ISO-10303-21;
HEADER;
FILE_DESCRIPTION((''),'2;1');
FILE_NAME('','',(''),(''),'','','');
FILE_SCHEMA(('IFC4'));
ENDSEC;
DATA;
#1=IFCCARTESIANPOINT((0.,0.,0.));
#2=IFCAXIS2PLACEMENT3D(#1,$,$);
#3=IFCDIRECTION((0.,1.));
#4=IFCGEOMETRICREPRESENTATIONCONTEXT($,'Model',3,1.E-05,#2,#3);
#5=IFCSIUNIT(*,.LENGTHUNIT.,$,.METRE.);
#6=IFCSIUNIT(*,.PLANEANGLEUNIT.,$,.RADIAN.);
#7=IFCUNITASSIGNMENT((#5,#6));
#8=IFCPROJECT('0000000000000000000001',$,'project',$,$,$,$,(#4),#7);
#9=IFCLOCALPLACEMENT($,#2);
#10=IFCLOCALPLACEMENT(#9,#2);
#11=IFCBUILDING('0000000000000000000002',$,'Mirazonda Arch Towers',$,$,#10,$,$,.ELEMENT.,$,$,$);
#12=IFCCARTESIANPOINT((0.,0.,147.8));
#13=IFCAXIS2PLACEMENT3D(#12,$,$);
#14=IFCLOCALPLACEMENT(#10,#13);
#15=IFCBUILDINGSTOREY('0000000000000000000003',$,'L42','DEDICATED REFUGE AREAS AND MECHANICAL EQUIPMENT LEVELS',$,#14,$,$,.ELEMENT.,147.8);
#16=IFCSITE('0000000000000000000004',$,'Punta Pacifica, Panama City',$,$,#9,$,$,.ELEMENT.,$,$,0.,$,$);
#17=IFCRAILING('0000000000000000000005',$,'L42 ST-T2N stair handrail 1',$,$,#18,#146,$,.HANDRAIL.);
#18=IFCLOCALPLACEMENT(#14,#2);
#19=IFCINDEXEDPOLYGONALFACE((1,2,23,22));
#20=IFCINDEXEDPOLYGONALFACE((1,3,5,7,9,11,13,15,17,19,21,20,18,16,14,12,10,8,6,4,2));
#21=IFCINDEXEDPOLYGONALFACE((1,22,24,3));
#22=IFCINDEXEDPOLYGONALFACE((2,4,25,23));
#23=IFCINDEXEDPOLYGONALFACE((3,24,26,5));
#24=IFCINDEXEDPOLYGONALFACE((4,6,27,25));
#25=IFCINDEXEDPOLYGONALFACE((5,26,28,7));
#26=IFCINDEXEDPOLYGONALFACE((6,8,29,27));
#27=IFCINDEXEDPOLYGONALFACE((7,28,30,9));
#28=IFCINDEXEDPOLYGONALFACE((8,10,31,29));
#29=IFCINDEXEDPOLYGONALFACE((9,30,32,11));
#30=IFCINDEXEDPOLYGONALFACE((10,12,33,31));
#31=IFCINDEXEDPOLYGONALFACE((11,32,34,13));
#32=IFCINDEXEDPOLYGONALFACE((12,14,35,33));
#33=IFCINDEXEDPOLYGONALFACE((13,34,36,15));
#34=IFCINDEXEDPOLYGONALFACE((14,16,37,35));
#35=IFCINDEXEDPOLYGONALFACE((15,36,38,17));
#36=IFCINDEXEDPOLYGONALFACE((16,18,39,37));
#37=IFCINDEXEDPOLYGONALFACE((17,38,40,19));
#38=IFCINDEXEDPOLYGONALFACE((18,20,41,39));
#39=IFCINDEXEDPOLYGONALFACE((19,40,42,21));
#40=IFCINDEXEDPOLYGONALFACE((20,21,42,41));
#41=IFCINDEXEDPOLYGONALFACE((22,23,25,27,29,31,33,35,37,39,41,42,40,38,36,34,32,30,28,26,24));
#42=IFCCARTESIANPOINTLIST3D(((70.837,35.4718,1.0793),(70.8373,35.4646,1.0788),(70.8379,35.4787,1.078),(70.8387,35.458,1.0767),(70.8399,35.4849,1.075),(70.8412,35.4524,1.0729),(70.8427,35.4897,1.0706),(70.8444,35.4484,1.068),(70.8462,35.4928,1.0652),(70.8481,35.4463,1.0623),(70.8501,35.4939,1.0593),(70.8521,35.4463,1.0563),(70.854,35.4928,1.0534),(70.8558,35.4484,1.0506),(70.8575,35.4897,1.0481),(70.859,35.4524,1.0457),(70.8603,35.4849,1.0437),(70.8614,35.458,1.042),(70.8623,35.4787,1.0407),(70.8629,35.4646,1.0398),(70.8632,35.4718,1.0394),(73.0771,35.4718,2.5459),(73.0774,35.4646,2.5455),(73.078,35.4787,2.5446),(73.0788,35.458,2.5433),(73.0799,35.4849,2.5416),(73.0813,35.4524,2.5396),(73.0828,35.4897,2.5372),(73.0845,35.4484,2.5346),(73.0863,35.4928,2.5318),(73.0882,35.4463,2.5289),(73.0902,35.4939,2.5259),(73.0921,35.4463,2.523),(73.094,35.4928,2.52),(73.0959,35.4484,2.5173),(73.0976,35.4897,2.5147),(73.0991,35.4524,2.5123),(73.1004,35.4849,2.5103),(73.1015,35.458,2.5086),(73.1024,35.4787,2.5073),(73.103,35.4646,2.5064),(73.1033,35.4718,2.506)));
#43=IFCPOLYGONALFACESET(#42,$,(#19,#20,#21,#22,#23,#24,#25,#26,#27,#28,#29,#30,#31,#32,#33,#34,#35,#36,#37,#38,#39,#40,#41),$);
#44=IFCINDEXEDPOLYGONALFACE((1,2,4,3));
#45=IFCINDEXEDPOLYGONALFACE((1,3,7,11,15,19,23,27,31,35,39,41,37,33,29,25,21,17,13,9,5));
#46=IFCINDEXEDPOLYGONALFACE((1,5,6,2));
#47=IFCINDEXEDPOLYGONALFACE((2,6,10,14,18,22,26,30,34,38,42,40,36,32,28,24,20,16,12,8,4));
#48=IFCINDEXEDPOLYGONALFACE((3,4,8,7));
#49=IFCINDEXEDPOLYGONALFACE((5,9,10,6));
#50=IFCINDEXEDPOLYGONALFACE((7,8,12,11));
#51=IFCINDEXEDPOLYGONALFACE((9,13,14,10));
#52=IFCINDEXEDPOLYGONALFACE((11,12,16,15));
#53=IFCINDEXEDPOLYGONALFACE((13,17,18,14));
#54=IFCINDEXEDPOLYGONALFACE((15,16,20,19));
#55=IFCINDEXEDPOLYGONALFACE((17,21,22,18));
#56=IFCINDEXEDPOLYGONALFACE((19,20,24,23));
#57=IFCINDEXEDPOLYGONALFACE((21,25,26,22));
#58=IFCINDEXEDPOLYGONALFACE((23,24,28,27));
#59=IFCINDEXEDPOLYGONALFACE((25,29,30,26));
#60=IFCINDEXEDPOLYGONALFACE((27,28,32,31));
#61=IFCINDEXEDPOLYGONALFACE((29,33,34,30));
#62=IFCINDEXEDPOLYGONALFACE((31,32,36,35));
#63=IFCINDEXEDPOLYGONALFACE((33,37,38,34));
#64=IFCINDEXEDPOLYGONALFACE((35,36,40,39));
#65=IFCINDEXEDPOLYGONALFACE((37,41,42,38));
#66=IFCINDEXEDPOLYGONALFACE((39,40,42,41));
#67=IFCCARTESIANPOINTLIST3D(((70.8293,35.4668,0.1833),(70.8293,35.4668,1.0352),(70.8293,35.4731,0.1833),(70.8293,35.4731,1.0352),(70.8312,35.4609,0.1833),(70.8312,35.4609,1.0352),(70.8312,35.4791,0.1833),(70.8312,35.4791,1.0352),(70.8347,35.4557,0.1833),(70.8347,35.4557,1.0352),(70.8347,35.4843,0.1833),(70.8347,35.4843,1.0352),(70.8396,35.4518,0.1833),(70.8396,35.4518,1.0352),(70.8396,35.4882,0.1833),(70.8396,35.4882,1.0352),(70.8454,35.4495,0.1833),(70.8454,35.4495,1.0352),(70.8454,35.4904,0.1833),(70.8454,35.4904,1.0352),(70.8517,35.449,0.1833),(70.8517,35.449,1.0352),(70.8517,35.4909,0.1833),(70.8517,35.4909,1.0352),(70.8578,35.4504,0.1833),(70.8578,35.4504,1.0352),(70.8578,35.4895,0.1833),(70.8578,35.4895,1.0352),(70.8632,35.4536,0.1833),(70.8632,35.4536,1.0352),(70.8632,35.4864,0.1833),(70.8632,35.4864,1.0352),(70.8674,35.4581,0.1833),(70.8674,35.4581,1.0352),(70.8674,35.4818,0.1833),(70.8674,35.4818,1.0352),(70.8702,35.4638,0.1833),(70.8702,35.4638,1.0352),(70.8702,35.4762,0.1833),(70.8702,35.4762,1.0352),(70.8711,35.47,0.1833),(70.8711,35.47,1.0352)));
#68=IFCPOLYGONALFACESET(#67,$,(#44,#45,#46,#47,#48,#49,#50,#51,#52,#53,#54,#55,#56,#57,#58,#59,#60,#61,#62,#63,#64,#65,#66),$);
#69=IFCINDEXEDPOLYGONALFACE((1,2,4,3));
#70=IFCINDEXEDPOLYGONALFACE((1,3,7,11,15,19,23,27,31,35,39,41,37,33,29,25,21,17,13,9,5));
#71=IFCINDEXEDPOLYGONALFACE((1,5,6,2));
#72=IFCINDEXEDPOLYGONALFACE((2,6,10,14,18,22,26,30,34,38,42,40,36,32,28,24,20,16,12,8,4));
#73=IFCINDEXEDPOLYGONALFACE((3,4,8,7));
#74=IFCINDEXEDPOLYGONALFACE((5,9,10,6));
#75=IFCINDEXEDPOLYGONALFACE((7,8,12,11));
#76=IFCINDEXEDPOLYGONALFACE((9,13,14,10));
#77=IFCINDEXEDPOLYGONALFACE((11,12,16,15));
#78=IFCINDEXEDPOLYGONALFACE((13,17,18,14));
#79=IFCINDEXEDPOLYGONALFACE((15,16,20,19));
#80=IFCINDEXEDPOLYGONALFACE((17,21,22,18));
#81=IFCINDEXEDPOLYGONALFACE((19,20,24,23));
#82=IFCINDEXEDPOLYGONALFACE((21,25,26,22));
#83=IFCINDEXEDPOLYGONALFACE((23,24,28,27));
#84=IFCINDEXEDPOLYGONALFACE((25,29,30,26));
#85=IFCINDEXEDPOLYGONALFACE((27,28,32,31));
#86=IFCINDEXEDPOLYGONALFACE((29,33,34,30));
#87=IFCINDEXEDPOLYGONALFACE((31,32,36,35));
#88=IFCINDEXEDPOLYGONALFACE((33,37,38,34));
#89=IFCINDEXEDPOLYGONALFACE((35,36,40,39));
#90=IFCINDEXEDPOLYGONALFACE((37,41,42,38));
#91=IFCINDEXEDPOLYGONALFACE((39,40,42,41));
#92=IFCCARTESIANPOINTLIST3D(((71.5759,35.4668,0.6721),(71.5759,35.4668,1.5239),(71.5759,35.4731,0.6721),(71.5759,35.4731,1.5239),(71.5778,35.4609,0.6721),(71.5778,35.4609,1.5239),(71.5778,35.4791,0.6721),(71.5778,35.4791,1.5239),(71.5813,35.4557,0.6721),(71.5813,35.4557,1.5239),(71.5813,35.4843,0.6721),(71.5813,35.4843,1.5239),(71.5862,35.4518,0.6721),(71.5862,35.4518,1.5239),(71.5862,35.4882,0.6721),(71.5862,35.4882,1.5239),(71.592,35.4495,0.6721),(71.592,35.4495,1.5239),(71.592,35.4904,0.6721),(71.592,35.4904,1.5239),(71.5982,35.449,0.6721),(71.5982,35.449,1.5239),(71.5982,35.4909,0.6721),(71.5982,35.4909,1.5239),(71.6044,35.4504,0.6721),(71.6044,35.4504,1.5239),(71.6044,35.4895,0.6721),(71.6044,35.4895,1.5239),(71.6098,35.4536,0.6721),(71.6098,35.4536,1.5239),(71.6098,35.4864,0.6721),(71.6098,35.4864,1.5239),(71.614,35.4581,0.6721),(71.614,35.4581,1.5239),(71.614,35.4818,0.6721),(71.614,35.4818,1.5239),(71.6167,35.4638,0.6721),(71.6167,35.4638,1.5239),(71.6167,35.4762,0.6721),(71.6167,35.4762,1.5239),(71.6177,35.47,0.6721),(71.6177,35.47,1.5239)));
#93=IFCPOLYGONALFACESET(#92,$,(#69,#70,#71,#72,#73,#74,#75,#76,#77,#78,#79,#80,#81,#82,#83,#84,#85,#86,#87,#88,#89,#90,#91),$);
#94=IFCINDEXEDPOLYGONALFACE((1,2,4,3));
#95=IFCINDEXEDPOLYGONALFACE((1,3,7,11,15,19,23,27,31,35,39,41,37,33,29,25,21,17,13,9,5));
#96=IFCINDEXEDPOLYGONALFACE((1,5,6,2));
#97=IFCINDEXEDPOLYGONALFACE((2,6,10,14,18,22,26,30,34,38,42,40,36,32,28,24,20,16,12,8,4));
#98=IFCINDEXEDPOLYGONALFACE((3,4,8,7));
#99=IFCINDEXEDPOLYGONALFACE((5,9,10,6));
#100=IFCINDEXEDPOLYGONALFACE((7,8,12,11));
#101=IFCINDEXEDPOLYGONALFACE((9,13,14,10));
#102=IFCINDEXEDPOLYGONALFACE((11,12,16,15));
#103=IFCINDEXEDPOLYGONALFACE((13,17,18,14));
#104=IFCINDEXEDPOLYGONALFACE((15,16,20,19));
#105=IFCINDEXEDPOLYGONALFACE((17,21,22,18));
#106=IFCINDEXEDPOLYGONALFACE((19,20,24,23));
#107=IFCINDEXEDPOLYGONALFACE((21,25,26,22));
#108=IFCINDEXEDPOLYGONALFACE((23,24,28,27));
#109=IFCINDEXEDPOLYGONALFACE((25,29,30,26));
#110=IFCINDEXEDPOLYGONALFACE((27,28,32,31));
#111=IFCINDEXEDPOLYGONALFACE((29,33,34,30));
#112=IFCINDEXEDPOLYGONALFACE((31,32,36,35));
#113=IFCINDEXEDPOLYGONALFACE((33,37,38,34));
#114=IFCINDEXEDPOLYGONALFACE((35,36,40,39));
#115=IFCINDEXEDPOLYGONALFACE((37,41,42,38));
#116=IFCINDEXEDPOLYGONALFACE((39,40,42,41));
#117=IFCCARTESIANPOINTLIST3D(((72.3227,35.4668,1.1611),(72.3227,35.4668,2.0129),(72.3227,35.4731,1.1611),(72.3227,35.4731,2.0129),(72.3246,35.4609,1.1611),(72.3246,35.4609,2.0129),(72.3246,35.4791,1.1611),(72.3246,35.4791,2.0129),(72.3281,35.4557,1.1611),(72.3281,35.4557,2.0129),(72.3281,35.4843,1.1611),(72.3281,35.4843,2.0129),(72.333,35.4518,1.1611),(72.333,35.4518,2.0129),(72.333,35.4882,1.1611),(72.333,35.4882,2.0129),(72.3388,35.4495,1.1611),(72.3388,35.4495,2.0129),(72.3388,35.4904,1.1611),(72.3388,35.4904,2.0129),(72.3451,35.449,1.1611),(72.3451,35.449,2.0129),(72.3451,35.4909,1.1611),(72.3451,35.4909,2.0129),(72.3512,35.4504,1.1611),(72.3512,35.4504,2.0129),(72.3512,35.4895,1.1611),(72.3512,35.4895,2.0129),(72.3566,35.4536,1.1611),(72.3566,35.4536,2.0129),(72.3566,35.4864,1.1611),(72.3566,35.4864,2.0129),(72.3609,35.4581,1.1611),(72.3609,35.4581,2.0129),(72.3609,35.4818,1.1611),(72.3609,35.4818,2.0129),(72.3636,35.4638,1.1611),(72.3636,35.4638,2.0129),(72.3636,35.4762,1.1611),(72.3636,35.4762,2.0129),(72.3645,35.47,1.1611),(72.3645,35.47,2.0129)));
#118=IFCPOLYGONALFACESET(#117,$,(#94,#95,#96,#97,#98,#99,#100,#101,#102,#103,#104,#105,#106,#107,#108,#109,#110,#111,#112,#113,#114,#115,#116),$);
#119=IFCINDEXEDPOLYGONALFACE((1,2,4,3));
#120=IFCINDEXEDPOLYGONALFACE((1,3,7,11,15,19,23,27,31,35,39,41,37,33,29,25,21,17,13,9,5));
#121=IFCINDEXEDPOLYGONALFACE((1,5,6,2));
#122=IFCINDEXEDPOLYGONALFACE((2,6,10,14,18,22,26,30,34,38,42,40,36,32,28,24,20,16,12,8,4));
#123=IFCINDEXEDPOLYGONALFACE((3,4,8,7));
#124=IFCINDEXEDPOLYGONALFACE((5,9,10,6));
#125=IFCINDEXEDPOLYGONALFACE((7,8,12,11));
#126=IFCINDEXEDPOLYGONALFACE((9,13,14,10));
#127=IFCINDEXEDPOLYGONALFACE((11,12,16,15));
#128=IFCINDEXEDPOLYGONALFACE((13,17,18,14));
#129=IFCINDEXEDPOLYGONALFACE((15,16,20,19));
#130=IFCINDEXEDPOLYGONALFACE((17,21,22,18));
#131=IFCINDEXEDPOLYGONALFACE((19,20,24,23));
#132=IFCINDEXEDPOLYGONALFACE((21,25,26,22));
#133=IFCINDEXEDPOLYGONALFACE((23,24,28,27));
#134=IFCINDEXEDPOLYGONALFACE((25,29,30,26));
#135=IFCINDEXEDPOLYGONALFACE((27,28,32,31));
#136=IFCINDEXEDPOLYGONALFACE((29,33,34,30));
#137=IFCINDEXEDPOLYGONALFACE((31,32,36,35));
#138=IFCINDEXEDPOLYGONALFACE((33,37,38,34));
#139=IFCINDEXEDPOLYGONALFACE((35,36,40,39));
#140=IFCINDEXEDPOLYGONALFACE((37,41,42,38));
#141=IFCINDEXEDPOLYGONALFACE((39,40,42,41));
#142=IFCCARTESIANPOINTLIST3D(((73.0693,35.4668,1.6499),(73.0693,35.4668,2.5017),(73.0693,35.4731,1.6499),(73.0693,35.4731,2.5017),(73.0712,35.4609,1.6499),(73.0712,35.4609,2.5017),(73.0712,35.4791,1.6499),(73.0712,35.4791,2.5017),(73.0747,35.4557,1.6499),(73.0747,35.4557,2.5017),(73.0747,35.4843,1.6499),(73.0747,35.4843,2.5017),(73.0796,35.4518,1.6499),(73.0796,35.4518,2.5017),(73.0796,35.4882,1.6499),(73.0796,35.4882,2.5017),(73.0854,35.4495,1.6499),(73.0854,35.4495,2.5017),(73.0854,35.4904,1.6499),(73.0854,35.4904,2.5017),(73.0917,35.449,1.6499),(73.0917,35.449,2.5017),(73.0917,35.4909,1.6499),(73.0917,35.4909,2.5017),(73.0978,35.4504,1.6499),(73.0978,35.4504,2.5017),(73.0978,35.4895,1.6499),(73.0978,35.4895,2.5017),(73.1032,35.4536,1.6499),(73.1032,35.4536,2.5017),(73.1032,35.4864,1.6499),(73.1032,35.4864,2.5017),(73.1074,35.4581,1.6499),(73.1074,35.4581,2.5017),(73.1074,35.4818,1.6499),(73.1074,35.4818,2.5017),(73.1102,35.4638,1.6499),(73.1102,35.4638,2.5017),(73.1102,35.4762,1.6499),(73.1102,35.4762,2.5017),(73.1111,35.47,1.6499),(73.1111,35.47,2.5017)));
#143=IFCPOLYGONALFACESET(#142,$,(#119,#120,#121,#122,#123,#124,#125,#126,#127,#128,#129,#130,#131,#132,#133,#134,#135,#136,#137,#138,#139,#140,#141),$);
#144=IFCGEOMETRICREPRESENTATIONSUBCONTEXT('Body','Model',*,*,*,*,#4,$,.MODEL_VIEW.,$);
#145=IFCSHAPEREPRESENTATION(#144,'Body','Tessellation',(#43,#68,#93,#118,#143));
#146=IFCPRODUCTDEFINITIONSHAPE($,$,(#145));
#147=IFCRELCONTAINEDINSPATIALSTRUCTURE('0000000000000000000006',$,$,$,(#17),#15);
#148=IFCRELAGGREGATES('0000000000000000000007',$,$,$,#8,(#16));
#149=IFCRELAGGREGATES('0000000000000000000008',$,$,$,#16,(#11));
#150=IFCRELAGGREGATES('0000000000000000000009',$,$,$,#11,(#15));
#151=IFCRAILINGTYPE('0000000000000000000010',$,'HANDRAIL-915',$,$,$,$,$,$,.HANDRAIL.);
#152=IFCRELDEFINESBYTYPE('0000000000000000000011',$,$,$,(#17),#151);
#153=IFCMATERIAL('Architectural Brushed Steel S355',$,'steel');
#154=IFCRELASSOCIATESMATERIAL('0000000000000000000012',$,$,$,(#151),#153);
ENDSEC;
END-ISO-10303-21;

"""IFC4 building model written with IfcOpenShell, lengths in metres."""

from ifc_helpers import new_model, si_unit, direction, frame, origin, origin_2d, place, context, subcontext, project, spatial, circle, extrude, material, type_object, element, save


model = new_model("IFC4")

# Units and contexts
model_context = context("Model", 3, precision=1e-05, world=origin(), true_north=direction((0.0, 1.0)))
body_context = subcontext(model_context, "Body", "Model", "MODEL_VIEW")
ifc_project = project(units=[si_unit("LENGTHUNIT", "METRE"), si_unit("PLANEANGLEUNIT", "RADIAN")], contexts=[model_context])

# Site, building, storey
site_placement = place(None, origin())
site = spatial("IfcSite", under=ifc_project, at=site_placement, Name="Punta Pacifica, Panama City", CompositionType="ELEMENT", RefElevation=0.0)
building_placement = place(site_placement, origin())
building = spatial("IfcBuilding", under=site, at=building_placement, Name="Mirazonda Arch Towers", CompositionType="ELEMENT")
storey_placement = place(building_placement, frame((0.0, 0.0, 147.8)))
storey = spatial("IfcBuildingStorey", under=building, at=storey_placement, Name="L42", Description="DEDICATED REFUGE AREAS AND MECHANICAL EQUIPMENT LEVELS", CompositionType="ELEMENT", Elevation=147.8)

# Shared definitions
ifc_material_1 = material(Name="Architectural Brushed Steel S355", Category="steel")

# Railing
railing_type_1 = type_object("IfcRailingType", Name="HANDRAIL-915", PredefinedType="HANDRAIL", material=ifc_material_1)
for number, where, name in (
    (1, (70.8501, 35.47, 0.1833), "L42 ST-T2N stair handrail 1"),
):
    element("IfcRailing", number, at=place(storey_placement, frame(where)), inside=storey, type_object=railing_type_1, Name=name, PredefinedType="HANDRAIL", context=body_context, shape_type="SweptSolid", body=[
        extrude(circle(Radius=0.0239, at=origin_2d()), frame((0.0, 0.0, 0.876), z_axis=(0.836637, 0.0, 0.547758), x_axis=(0.0, 1.0, 0.0)), (0.0, 0.0, 1.0), 2.6775),
        extrude(circle(Radius=0.021, at=origin_2d()), origin(), (0.0, 0.0, 1.0), 0.8518),
        extrude(circle(Radius=0.021, at=origin_2d()), frame((0.7466, 0.0, 0.4888)), (0.0, 0.0, 1.0), 0.8518),
        extrude(circle(Radius=0.021, at=origin_2d()), frame((1.4934, 0.0, 0.9778)), (0.0, 0.0, 1.0), 0.8518),
        extrude(circle(Radius=0.021, at=origin_2d()), frame((2.24, 0.0, 1.4666)), (0.0, 0.0, 1.0), 0.8518),
    ])

save(model, "model.ifc")
